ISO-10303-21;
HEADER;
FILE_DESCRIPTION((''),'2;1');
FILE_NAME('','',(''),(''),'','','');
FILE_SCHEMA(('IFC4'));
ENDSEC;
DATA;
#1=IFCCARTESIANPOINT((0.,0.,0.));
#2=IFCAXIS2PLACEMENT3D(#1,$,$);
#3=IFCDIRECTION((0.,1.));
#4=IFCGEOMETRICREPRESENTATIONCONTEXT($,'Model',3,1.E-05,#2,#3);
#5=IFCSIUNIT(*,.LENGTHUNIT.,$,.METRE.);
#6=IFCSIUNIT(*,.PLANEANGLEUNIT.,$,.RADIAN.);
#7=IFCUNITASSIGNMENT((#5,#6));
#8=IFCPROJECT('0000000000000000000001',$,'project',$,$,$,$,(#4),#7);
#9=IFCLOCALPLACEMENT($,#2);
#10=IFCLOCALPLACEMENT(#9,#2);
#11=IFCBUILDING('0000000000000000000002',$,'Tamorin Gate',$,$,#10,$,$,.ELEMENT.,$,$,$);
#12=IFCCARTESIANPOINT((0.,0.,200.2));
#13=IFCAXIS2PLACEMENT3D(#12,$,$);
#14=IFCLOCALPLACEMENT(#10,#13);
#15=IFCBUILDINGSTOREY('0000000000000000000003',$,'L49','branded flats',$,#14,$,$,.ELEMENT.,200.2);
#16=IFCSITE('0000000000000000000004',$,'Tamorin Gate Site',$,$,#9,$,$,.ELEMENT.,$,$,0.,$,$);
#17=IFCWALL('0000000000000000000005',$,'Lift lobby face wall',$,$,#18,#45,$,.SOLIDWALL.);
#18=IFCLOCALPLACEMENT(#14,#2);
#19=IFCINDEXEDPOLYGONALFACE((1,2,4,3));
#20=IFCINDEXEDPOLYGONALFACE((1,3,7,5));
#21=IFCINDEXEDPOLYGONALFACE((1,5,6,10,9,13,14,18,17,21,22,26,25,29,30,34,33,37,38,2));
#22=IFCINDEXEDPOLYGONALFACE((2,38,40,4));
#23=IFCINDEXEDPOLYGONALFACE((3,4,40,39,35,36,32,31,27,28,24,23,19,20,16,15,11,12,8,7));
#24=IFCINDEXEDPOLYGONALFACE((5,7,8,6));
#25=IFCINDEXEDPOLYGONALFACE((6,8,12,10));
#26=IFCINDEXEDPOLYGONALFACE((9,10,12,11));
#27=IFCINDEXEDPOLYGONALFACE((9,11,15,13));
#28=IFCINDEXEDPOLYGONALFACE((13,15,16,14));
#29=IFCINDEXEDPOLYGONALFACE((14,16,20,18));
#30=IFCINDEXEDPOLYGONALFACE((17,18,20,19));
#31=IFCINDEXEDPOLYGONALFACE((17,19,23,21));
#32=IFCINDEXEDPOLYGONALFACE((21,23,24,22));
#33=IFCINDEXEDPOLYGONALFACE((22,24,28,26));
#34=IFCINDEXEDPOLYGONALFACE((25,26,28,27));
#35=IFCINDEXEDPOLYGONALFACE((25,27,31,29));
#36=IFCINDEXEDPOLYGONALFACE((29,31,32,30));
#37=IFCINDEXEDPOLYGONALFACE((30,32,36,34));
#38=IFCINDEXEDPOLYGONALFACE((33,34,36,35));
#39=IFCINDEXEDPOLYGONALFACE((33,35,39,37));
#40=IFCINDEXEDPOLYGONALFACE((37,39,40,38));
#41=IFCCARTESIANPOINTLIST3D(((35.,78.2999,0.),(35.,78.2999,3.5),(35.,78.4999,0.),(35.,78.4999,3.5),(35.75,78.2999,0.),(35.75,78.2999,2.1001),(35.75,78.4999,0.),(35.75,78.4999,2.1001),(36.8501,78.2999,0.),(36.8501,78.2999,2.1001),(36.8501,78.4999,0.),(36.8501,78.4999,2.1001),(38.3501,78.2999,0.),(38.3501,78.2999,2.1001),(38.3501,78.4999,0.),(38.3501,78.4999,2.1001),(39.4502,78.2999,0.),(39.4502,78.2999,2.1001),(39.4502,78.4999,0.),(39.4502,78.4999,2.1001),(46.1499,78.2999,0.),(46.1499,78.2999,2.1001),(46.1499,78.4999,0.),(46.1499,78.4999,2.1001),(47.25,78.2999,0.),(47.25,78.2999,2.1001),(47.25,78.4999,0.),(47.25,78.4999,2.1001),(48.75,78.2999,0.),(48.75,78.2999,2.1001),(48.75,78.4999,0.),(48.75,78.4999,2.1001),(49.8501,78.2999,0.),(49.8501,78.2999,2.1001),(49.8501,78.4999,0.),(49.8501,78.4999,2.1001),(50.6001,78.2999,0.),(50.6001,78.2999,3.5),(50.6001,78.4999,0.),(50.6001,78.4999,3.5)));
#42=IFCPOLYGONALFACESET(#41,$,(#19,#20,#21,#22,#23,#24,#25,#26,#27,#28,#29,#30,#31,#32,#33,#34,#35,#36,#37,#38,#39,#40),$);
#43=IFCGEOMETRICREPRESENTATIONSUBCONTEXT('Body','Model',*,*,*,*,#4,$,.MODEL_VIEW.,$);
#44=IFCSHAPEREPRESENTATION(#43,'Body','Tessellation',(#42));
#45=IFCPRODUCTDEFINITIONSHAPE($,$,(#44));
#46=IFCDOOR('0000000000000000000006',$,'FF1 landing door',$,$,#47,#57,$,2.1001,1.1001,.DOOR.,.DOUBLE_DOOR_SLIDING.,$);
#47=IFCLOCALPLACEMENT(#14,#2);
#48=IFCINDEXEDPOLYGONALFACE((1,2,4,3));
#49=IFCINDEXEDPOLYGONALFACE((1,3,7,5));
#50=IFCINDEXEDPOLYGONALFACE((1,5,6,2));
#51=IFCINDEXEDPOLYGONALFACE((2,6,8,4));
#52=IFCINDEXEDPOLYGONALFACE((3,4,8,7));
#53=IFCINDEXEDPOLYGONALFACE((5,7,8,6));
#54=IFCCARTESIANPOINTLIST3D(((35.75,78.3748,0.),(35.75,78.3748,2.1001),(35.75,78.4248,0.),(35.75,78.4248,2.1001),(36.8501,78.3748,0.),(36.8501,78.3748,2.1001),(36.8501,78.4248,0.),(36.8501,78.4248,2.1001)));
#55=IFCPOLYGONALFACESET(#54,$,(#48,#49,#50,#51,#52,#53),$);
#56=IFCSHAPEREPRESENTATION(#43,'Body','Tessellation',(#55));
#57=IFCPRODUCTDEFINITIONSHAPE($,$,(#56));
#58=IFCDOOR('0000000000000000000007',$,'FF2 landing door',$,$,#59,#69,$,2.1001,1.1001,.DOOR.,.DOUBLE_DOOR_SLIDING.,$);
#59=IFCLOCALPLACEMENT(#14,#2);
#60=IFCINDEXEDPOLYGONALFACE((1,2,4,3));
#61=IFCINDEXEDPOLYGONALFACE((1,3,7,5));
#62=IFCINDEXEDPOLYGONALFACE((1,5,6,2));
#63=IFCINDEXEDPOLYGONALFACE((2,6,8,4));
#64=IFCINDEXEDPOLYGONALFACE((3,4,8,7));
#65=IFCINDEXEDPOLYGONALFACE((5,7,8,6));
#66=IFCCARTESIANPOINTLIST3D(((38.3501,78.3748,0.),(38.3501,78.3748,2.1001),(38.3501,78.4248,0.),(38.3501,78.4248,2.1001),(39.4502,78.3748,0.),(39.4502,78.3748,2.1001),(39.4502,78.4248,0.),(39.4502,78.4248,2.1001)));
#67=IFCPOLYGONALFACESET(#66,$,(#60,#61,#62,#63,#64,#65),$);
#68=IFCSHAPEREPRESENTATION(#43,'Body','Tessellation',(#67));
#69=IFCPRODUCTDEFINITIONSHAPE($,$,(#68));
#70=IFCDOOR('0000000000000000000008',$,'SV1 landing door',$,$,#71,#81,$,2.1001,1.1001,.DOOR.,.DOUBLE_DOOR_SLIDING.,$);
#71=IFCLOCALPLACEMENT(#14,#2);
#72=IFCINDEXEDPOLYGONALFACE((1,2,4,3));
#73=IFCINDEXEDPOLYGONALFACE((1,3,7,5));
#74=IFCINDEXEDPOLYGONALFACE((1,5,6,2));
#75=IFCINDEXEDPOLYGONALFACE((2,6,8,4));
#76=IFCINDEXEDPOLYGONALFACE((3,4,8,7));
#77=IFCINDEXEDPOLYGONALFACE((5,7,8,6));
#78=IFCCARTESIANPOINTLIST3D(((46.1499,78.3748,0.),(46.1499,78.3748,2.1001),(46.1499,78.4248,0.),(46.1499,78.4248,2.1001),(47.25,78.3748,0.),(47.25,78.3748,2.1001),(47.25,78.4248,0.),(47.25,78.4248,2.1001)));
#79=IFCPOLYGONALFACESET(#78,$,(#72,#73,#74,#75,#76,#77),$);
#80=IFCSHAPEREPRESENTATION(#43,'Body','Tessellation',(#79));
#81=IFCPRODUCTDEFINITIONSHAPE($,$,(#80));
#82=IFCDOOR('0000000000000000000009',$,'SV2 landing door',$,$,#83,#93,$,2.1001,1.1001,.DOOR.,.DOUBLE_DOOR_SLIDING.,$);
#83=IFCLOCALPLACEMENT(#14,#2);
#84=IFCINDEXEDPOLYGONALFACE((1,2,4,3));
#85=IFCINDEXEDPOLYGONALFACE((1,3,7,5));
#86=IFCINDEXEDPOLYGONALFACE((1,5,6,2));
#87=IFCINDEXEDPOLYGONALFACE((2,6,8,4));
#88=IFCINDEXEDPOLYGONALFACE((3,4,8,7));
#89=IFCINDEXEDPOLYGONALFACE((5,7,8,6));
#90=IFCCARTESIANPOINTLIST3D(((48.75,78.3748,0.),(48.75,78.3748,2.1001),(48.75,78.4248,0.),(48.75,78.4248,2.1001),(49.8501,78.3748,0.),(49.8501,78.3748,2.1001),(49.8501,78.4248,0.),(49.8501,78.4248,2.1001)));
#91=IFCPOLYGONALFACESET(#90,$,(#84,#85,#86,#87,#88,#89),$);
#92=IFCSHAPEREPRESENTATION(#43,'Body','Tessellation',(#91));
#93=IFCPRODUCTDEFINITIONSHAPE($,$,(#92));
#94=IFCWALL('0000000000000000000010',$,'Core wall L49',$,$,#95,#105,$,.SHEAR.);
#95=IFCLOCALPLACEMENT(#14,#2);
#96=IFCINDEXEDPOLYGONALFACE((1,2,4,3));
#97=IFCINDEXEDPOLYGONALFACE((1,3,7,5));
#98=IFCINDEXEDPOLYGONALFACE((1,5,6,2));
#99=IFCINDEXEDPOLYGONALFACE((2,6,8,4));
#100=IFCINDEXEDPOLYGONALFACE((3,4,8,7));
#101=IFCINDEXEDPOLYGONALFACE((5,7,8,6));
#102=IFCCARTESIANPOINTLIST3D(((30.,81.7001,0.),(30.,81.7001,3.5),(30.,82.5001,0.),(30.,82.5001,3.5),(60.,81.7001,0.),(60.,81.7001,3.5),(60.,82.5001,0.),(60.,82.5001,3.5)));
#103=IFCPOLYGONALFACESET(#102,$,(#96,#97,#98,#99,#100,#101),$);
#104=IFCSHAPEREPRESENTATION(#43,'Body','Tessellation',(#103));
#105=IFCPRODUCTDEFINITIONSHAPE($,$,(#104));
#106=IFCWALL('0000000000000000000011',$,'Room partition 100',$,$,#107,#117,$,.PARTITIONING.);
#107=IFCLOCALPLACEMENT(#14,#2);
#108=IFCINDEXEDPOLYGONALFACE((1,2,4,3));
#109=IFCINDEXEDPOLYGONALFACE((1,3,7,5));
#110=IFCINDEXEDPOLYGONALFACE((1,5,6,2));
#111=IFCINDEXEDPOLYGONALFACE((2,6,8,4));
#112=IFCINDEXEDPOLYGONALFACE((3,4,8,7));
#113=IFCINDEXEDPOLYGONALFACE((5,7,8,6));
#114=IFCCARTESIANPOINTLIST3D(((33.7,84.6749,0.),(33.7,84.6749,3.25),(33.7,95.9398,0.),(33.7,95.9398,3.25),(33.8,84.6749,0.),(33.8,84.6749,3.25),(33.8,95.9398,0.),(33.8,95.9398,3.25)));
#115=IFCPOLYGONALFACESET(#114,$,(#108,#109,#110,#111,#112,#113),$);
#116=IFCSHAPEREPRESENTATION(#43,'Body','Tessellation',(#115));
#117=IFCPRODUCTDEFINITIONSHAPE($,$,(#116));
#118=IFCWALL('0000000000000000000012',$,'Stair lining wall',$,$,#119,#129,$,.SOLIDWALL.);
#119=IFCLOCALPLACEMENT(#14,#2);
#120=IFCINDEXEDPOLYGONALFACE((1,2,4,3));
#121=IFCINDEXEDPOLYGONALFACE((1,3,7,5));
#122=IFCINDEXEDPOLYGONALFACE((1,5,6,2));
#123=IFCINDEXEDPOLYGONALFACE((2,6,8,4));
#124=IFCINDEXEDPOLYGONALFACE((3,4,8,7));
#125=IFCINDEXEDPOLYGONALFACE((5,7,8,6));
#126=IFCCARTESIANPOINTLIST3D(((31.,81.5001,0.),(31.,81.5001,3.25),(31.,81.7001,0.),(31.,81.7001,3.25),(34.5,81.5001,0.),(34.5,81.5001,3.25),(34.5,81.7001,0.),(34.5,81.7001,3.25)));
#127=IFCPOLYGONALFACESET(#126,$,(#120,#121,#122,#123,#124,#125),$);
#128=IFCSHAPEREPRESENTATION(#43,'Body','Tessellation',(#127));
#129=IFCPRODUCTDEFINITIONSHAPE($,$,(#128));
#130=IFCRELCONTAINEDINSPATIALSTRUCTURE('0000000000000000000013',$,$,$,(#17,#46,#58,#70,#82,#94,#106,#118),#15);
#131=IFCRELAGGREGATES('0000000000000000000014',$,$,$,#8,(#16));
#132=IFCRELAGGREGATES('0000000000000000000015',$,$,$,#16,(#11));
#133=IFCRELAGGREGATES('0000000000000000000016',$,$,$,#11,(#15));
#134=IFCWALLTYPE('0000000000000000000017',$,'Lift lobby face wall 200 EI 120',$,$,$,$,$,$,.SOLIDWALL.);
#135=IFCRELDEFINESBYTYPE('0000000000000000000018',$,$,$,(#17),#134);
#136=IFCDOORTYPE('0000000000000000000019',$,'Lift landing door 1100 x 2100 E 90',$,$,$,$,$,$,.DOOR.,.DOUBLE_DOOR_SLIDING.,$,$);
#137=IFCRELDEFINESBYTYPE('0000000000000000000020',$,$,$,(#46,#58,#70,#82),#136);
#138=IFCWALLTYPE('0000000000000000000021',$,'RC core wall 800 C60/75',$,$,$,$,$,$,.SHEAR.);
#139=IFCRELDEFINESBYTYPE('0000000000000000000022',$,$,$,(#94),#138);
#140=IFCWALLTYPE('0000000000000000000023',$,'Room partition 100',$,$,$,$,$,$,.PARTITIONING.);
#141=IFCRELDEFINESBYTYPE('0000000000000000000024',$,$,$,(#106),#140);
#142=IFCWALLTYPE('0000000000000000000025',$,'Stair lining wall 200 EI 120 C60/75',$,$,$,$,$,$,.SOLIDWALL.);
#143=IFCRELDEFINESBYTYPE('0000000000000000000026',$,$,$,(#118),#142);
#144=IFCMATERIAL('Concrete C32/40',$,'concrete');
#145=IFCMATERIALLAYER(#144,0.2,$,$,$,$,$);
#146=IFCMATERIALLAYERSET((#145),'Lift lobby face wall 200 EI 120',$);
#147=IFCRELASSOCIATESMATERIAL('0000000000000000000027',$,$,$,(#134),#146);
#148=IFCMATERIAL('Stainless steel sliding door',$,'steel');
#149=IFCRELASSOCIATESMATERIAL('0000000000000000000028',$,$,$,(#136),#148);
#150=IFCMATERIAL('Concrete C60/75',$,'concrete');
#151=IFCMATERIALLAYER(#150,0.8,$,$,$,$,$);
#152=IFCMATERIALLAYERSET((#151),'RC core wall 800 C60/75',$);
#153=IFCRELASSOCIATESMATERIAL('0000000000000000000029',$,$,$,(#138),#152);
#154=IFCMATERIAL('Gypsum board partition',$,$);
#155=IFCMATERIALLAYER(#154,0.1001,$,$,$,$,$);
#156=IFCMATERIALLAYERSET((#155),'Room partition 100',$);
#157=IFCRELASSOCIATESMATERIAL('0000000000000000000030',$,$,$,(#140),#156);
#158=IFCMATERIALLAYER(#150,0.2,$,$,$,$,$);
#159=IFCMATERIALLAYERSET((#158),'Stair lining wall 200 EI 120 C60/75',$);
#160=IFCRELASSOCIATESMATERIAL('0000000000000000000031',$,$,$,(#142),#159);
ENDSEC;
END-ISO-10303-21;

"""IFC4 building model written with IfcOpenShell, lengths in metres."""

from ifc_helpers import new_model, si_unit, direction, frame, frame_2d, origin, place, context, subcontext, project, spatial, rectangle, extrude, material, layer, layer_set, type_object, element, fill, save


model = new_model("IFC4")

# Units and contexts
model_context = context("Model", 3, precision=1e-05, world=origin(), true_north=direction((0.0, 1.0)))
body_context = subcontext(model_context, "Body", "Model", "MODEL_VIEW")
ifc_project = project(units=[si_unit("LENGTHUNIT", "METRE"), si_unit("PLANEANGLEUNIT", "RADIAN")], contexts=[model_context])

# Site, building, storey
site_placement = place(None, origin())
site = spatial("IfcSite", under=ifc_project, at=site_placement, Name="Tamorin Gate Site", CompositionType="ELEMENT", RefElevation=0.0)
building_placement = place(site_placement, origin())
building = spatial("IfcBuilding", under=site, at=building_placement, Name="Tamorin Gate", CompositionType="ELEMENT")
storey_placement = place(building_placement, frame((0.0, 0.0, 200.2)))
storey = spatial("IfcBuildingStorey", under=building, at=storey_placement, Name="L49", Description="branded flats", CompositionType="ELEMENT", Elevation=200.2)

# Shared definitions
ifc_material_1 = material(Name="Gypsum board partition")

# Wall, openings, doors
ifc_material_2 = material(Name="Concrete C32/40", Category="concrete")
ifc_layer_1 = layer(ifc_material_2, 0.2)
ifc_layer_set_1 = layer_set([ifc_layer_1], Name="Lift lobby face wall 200 EI 120")
wall_type_1 = type_object("IfcWallType", Name="Lift lobby face wall 200 EI 120", PredefinedType="SOLIDWALL", material=ifc_layer_set_1)
wall_1_placement = place(storey_placement, frame((35.0, 78.3999, 0.0), z_axis=(0.0, 0.0, 1.0), x_axis=(1.0, 0.0, 0.0)))
wall_1 = element("IfcWall", 1, at=wall_1_placement, inside=storey, type_object=wall_type_1, Name="Lift lobby face wall", PredefinedType="SOLIDWALL", context=body_context, shape_type="SweptSolid", body=[
    extrude(rectangle(XDim=15.6001, YDim=0.2, at=frame_2d((7.8, 0.0))), origin(), (0.0, 0.0, 1.0), 3.5),
])
opening_1_placement = place(wall_1_placement, frame((0.75, 0.0, 0.0)))
opening_1 = element("IfcOpeningElement", 2, at=opening_1_placement, cuts=wall_1, PredefinedType="OPENING", context=body_context, shape_type="SweptSolid", body=[
    extrude(rectangle(XDim=1.1001, YDim=2.1001, at=frame_2d((0.55, 1.05))), frame((0.0, 0.1099, 0.0), z_axis=(0.0, -1.0, 0.0), x_axis=(1.0, 0.0, 0.0)), (0.0, 0.0, 1.0), 0.22),
])
opening_2_placement = place(wall_1_placement, frame((3.3501, 0.0, 0.0)))
opening_2 = element("IfcOpeningElement", 3, at=opening_2_placement, cuts=wall_1, PredefinedType="OPENING", context=body_context, shape_type="SweptSolid", body=[
    extrude(rectangle(XDim=1.1001, YDim=2.1001, at=frame_2d((0.55, 1.05))), frame((0.0, 0.1099, 0.0), z_axis=(0.0, -1.0, 0.0), x_axis=(1.0, 0.0, 0.0)), (0.0, 0.0, 1.0), 0.22),
])
opening_3_placement = place(wall_1_placement, frame((11.1499, 0.0, 0.0)))
opening_3 = element("IfcOpeningElement", 4, at=opening_3_placement, cuts=wall_1, PredefinedType="OPENING", context=body_context, shape_type="SweptSolid", body=[
    extrude(rectangle(XDim=1.1001, YDim=2.1001, at=frame_2d((0.55, 1.05))), frame((0.0, 0.1099, 0.0), z_axis=(0.0, -1.0, 0.0), x_axis=(1.0, 0.0, 0.0)), (0.0, 0.0, 1.0), 0.22),
])
opening_4_placement = place(wall_1_placement, frame((13.75, 0.0, 0.0)))
opening_4 = element("IfcOpeningElement", 5, at=opening_4_placement, cuts=wall_1, PredefinedType="OPENING", context=body_context, shape_type="SweptSolid", body=[
    extrude(rectangle(XDim=1.1001, YDim=2.1001, at=frame_2d((0.55, 1.05))), frame((0.0, 0.1099, 0.0), z_axis=(0.0, -1.0, 0.0), x_axis=(1.0, 0.0, 0.0)), (0.0, 0.0, 1.0), 0.22),
])
ifc_material_3 = material(Name="Stainless steel sliding door", Category="steel")
door_type_1 = type_object("IfcDoorType", Name="Lift landing door 1100 x 2100 E 90", OperationType="DOUBLE_DOOR_SLIDING", PredefinedType="DOOR", material=ifc_material_3)
door_1_placement = place(opening_1_placement, origin())
door_1 = element("IfcDoor", 6, at=door_1_placement, inside=storey, type_object=door_type_1, Name="FF1 landing door", OperationType="DOUBLE_DOOR_SLIDING", OverallHeight=2.1001, OverallWidth=1.1001, PredefinedType="DOOR", context=body_context, shape_type="SweptSolid", body=[
    extrude(rectangle(XDim=1.1001, YDim=2.1001, at=frame_2d((0.55, 1.05))), frame((0.0, 0.0249, 0.0), z_axis=(0.0, -1.0, 0.0), x_axis=(1.0, 0.0, 0.0)), (0.0, 0.0, 1.0), 0.05),
])
fill(opening_1, door_1)
door_2_placement = place(opening_2_placement, origin())
door_2 = element("IfcDoor", 7, at=door_2_placement, inside=storey, type_object=door_type_1, Name="FF2 landing door", OperationType="DOUBLE_DOOR_SLIDING", OverallHeight=2.1001, OverallWidth=1.1001, PredefinedType="DOOR", context=body_context, shape_type="SweptSolid", body=[
    extrude(rectangle(XDim=1.1001, YDim=2.1001, at=frame_2d((0.55, 1.05))), frame((0.0, 0.0249, 0.0), z_axis=(0.0, -1.0, 0.0), x_axis=(1.0, 0.0, 0.0)), (0.0, 0.0, 1.0), 0.05),
])
fill(opening_2, door_2)
door_3_placement = place(opening_3_placement, origin())
door_3 = element("IfcDoor", 8, at=door_3_placement, inside=storey, type_object=door_type_1, Name="SV1 landing door", OperationType="DOUBLE_DOOR_SLIDING", OverallHeight=2.1001, OverallWidth=1.1001, PredefinedType="DOOR", context=body_context, shape_type="SweptSolid", body=[
    extrude(rectangle(XDim=1.1001, YDim=2.1001, at=frame_2d((0.55, 1.05))), frame((0.0, 0.0249, 0.0), z_axis=(0.0, -1.0, 0.0), x_axis=(1.0, 0.0, 0.0)), (0.0, 0.0, 1.0), 0.05),
])
fill(opening_3, door_3)
door_4_placement = place(opening_4_placement, origin())
door_4 = element("IfcDoor", 9, at=door_4_placement, inside=storey, type_object=door_type_1, Name="SV2 landing door", OperationType="DOUBLE_DOOR_SLIDING", OverallHeight=2.1001, OverallWidth=1.1001, PredefinedType="DOOR", context=body_context, shape_type="SweptSolid", body=[
    extrude(rectangle(XDim=1.1001, YDim=2.1001, at=frame_2d((0.55, 1.05))), frame((0.0, 0.0249, 0.0), z_axis=(0.0, -1.0, 0.0), x_axis=(1.0, 0.0, 0.0)), (0.0, 0.0, 1.0), 0.05),
])
fill(opening_4, door_4)

# Walls
ifc_material_4 = material(Name="Concrete C60/75", Category="concrete")
ifc_layer_2 = layer(ifc_material_4, 0.8)
ifc_layer_set_2 = layer_set([ifc_layer_2], Name="RC core wall 800 C60/75")
wall_type_2 = type_object("IfcWallType", Name="RC core wall 800 C60/75", PredefinedType="SHEAR", material=ifc_layer_set_2)
wall_2_placement = place(storey_placement, frame((30.0, 82.1001, 0.0), z_axis=(0.0, 0.0, 1.0), x_axis=(1.0, 0.0, 0.0)))
element("IfcWall", 10, at=wall_2_placement, inside=storey, type_object=wall_type_2, Name="Core wall L49", PredefinedType="SHEAR", context=body_context, shape_type="SweptSolid", body=[
    extrude(rectangle(XDim=30.0, YDim=0.8, at=frame_2d((15.0, 0.0))), origin(), (0.0, 0.0, 1.0), 3.5),
])
ifc_layer_3 = layer(ifc_material_1, 0.1001)
ifc_layer_set_3 = layer_set([ifc_layer_3], Name="Room partition 100")
wall_type_3 = type_object("IfcWallType", Name="Room partition 100", PredefinedType="PARTITIONING", material=ifc_layer_set_3)
wall_3_placement = place(storey_placement, frame((33.75, 84.675, 0.0), z_axis=(0.0, 0.0, 1.0), x_axis=(0.0, 1.0, 0.0)))
element("IfcWall", 11, at=wall_3_placement, inside=storey, type_object=wall_type_3, Name="Room partition 100", PredefinedType="PARTITIONING", context=body_context, shape_type="SweptSolid", body=[
    extrude(rectangle(XDim=11.2649, YDim=0.1001, at=frame_2d((5.6323, 0.0))), origin(), (0.0, 0.0, 1.0), 3.25),
])
ifc_layer_4 = layer(ifc_material_4, 0.2)
ifc_layer_set_4 = layer_set([ifc_layer_4], Name="Stair lining wall 200 EI 120 C60/75")
wall_type_4 = type_object("IfcWallType", Name="Stair lining wall 200 EI 120 C60/75", PredefinedType="SOLIDWALL", material=ifc_layer_set_4)
wall_4_placement = place(storey_placement, frame((31.0, 81.6001, 0.0), z_axis=(0.0, 0.0, 1.0), x_axis=(1.0, 0.0, 0.0)))
element("IfcWall", 12, at=wall_4_placement, inside=storey, type_object=wall_type_4, Name="Stair lining wall", PredefinedType="SOLIDWALL", context=body_context, shape_type="SweptSolid", body=[
    extrude(rectangle(XDim=3.5, YDim=0.2, at=frame_2d((1.75, 0.0))), origin(), (0.0, 0.0, 1.0), 3.25),
])

save(model, "model.ifc")
